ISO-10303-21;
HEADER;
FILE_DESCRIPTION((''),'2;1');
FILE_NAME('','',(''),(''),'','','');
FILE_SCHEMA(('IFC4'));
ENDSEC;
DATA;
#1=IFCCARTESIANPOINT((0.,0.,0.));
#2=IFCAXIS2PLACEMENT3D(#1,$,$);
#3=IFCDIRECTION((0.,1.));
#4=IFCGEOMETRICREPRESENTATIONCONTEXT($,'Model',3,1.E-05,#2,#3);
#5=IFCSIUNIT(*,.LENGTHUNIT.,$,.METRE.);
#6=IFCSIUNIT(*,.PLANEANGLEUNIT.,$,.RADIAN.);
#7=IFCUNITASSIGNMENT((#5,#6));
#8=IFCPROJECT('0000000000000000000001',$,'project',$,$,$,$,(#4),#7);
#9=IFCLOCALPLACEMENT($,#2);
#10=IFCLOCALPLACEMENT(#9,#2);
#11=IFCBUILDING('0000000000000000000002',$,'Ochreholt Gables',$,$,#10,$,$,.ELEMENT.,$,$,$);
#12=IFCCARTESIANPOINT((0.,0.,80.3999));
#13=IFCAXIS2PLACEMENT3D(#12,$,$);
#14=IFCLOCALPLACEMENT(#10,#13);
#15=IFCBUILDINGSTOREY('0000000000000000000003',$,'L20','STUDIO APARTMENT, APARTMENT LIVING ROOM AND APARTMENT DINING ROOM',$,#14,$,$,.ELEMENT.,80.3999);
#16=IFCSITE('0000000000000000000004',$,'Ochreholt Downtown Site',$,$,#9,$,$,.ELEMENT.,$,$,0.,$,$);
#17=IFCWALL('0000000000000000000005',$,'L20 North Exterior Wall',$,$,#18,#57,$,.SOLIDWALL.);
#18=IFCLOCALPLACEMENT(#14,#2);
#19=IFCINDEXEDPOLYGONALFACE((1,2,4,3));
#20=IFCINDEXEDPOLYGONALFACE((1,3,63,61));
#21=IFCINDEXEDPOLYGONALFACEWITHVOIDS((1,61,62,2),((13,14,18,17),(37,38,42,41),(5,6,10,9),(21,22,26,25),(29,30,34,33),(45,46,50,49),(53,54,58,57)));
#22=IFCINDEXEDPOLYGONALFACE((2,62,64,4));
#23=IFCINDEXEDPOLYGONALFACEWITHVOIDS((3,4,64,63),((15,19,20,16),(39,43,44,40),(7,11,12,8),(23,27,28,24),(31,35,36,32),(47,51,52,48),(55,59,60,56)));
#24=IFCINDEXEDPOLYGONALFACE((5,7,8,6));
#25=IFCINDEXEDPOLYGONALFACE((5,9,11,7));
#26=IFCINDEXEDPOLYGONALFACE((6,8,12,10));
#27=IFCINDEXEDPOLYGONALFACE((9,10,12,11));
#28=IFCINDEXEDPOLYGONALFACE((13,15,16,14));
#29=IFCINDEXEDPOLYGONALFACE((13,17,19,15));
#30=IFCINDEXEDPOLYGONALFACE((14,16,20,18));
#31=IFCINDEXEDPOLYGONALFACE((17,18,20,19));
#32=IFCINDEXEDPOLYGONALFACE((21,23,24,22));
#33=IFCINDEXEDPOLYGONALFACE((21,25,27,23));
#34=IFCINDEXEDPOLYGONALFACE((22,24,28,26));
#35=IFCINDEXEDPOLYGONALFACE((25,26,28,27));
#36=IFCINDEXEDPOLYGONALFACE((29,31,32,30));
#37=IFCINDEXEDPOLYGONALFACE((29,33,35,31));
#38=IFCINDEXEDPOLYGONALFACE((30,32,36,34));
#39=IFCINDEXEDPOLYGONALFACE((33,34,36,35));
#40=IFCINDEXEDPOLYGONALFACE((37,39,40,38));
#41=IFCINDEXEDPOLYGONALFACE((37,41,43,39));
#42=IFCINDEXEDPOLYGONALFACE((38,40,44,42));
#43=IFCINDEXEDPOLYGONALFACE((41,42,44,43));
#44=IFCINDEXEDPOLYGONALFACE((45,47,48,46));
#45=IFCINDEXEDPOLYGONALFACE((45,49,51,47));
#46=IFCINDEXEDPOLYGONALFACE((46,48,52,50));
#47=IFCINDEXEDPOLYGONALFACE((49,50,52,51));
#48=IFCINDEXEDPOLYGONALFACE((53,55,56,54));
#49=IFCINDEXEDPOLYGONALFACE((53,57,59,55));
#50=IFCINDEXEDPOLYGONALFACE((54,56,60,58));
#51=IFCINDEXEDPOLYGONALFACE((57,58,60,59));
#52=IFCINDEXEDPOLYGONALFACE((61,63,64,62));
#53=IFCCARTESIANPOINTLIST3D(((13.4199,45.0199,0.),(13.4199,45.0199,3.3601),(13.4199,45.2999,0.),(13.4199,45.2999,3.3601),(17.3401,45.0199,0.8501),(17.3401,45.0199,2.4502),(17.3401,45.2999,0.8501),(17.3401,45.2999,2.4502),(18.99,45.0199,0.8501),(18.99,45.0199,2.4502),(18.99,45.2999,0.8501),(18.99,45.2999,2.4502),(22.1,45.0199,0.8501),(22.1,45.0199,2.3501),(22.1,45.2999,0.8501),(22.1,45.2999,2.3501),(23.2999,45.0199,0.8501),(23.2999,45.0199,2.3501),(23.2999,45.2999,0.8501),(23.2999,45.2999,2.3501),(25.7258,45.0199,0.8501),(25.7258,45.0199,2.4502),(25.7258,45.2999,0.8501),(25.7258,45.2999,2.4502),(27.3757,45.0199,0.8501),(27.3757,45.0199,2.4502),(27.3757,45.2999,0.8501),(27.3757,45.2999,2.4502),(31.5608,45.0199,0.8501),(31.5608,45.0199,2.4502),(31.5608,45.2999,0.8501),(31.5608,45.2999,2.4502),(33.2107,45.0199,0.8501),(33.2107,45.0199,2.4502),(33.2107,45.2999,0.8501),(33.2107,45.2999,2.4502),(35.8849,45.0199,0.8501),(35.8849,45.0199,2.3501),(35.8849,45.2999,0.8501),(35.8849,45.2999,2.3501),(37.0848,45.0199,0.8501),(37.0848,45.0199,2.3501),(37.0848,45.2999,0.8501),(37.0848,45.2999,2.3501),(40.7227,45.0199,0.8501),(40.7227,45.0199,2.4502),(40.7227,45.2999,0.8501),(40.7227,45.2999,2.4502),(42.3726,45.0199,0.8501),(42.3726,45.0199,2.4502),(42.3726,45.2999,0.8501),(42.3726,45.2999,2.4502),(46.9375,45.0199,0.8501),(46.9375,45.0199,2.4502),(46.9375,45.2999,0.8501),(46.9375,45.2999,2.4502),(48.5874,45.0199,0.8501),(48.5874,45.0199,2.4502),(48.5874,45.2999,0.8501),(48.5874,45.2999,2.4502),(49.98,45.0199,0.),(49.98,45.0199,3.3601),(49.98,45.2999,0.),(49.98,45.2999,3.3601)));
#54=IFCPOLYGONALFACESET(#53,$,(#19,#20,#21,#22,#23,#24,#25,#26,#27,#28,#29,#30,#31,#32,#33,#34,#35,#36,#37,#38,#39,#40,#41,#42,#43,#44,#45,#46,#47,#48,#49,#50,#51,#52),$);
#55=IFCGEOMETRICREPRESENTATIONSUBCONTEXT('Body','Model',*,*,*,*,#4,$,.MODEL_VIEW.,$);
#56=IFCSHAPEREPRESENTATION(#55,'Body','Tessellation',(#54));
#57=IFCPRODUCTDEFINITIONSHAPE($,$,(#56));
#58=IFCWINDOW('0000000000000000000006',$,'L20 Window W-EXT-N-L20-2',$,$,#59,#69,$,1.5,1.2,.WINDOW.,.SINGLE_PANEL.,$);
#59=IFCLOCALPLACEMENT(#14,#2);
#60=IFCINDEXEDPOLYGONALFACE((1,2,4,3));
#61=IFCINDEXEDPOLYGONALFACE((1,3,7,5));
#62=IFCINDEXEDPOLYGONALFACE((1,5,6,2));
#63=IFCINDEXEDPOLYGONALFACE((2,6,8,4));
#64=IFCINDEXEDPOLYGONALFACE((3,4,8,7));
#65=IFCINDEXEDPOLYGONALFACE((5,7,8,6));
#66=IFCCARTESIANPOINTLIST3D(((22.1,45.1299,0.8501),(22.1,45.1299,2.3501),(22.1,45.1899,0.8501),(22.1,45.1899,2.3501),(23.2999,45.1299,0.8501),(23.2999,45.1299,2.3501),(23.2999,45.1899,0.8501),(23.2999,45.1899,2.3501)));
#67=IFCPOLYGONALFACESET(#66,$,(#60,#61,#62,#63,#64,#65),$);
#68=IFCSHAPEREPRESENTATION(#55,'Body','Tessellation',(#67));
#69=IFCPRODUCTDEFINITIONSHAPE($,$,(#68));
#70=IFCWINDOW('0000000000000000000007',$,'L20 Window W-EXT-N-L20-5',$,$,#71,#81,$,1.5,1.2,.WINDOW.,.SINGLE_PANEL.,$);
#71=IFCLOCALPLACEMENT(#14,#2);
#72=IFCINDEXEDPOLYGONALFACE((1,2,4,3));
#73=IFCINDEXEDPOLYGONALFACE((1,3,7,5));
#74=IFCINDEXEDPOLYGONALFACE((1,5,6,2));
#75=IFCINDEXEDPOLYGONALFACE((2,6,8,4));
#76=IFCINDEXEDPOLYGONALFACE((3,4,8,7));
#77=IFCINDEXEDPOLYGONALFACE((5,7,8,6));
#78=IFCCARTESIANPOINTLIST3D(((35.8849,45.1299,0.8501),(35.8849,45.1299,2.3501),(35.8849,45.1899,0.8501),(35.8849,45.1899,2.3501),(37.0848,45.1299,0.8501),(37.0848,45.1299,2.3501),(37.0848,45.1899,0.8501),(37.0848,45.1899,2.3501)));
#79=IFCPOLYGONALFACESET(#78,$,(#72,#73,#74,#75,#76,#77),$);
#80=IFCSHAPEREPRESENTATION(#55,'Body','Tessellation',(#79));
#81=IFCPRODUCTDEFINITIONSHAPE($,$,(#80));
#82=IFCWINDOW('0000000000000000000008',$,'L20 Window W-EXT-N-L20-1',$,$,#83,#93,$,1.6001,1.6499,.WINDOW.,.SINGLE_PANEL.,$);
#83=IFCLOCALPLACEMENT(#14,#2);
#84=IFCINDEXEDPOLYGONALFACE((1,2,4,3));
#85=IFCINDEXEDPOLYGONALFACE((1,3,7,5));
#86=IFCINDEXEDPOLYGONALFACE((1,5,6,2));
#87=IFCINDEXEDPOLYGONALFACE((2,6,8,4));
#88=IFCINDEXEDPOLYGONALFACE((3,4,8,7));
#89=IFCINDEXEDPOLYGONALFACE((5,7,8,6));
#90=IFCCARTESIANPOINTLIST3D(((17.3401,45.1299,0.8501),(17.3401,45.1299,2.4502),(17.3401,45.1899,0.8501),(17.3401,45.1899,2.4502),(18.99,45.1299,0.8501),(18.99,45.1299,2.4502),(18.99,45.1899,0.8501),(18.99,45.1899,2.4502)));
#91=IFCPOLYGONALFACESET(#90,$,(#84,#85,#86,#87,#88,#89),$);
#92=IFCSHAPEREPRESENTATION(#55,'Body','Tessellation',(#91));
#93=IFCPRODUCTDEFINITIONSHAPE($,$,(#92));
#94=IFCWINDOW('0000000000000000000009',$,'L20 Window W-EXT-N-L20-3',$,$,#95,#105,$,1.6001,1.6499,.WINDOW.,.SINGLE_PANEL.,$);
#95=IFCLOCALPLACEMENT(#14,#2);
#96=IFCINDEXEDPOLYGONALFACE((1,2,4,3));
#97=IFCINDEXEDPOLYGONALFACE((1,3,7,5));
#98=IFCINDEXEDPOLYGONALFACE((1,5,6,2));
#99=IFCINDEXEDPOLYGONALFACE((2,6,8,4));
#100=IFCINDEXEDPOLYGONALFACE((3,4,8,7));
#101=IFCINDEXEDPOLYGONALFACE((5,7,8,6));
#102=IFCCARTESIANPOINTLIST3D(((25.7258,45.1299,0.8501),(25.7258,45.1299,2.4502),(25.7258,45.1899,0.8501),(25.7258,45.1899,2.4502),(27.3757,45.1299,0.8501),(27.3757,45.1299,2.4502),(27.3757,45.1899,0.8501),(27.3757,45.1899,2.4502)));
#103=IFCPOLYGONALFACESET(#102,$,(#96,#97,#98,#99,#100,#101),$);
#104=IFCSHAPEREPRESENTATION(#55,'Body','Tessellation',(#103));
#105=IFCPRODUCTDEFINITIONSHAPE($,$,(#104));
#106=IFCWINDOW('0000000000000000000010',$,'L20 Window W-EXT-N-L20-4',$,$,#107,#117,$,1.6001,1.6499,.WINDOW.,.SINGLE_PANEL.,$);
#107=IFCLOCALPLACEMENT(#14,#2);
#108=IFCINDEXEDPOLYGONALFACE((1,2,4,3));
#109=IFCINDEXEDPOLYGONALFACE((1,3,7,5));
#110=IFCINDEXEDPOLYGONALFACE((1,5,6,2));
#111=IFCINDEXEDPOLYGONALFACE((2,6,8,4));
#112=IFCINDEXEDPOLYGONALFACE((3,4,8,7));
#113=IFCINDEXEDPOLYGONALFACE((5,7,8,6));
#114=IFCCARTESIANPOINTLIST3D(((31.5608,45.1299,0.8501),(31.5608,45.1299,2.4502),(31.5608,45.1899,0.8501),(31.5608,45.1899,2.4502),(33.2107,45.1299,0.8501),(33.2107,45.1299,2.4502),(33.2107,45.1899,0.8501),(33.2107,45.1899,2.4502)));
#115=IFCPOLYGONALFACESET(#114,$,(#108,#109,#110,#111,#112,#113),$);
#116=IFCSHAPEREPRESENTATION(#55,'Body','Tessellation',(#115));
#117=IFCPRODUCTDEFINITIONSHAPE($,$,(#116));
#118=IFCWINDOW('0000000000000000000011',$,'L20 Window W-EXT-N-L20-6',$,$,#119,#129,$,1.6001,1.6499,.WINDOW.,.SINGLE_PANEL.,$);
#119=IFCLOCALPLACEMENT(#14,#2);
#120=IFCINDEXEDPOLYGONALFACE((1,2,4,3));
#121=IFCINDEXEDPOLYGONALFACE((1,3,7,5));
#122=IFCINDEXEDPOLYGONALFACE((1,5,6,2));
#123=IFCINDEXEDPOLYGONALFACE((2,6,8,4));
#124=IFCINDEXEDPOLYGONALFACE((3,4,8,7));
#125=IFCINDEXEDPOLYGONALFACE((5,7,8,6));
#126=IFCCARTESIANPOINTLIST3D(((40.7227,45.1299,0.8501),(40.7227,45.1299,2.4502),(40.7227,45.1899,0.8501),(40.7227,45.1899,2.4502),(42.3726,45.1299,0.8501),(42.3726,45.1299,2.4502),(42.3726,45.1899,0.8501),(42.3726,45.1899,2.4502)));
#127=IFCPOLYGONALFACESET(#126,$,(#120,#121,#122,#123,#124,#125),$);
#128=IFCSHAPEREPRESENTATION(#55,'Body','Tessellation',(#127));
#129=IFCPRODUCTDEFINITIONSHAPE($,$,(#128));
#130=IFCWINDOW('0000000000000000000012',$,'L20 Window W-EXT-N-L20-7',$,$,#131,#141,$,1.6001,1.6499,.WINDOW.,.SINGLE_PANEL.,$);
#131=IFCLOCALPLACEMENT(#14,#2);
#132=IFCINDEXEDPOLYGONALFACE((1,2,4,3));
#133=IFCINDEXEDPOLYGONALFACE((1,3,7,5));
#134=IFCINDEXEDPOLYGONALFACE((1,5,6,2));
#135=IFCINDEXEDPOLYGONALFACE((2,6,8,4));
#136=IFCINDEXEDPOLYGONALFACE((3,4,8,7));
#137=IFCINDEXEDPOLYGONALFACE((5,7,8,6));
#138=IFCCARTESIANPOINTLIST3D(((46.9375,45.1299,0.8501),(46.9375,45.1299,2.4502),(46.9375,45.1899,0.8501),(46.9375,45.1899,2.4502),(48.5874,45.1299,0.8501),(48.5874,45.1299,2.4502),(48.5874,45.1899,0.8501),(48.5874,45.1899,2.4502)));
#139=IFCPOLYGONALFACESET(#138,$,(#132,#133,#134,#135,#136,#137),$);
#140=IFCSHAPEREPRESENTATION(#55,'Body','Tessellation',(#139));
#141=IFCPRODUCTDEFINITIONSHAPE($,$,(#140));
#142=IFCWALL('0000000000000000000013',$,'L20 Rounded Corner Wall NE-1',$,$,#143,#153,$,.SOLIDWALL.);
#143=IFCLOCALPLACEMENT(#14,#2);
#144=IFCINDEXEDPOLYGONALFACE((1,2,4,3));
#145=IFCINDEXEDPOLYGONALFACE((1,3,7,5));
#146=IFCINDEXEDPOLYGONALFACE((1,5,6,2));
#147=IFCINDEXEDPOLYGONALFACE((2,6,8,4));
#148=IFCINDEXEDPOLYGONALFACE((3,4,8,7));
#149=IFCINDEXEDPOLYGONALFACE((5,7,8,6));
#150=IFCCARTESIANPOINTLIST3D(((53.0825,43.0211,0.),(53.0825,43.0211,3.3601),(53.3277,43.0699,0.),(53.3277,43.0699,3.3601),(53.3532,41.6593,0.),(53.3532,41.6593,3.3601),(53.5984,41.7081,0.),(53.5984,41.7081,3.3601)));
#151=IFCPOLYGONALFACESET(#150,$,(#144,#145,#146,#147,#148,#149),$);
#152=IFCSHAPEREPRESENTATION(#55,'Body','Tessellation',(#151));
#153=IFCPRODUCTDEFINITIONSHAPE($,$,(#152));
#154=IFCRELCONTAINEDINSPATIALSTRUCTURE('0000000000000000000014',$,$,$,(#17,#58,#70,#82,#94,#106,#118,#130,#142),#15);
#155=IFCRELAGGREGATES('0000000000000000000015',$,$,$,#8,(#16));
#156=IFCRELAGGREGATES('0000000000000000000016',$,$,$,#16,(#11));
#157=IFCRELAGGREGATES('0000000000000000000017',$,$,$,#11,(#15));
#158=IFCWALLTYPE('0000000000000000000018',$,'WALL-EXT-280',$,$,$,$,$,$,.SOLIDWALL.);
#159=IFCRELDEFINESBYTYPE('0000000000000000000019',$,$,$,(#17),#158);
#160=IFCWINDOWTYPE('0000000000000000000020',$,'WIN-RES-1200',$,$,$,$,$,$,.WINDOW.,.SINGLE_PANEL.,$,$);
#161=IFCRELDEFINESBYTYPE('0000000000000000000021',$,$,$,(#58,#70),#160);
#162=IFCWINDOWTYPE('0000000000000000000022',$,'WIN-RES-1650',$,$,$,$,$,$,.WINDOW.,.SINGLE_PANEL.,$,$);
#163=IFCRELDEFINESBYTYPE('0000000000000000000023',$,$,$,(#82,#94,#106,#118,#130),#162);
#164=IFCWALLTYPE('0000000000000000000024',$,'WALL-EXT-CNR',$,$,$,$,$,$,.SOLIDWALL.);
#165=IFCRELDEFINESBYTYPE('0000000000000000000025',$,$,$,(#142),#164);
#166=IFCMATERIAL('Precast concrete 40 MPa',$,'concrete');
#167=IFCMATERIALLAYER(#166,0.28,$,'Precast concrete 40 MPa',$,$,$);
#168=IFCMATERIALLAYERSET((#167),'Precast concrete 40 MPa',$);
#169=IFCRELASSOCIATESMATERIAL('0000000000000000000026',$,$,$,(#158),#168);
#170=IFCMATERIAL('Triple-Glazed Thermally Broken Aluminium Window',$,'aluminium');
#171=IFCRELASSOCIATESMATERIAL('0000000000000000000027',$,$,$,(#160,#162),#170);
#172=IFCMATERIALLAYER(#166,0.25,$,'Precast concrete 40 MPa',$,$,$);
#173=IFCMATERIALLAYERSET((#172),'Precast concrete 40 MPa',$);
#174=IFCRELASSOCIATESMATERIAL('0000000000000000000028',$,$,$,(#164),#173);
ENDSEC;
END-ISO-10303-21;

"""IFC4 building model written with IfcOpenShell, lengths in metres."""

from ifc_helpers import new_model, si_unit, direction, frame, frame_2d, origin, place, context, subcontext, project, spatial, rectangle, extrude, material, layer, layer_set, type_object, element, fill, save


model = new_model("IFC4")

# Units and contexts
model_context = context("Model", 3, precision=1e-05, world=origin(), true_north=direction((0.0, 1.0)))
body_context = subcontext(model_context, "Body", "Model", "MODEL_VIEW")
ifc_project = project(units=[si_unit("LENGTHUNIT", "METRE"), si_unit("PLANEANGLEUNIT", "RADIAN")], contexts=[model_context])

# Site, building, storey
site_placement = place(None, origin())
site = spatial("IfcSite", under=ifc_project, at=site_placement, Name="Ochreholt Downtown Site", CompositionType="ELEMENT", RefElevation=0.0)
building_placement = place(site_placement, origin())
building = spatial("IfcBuilding", under=site, at=building_placement, Name="Ochreholt Gables", CompositionType="ELEMENT")
storey_placement = place(building_placement, frame((0.0, 0.0, 80.3999)))
storey = spatial("IfcBuildingStorey", under=building, at=storey_placement, Name="L20", Description="STUDIO APARTMENT, APARTMENT LIVING ROOM AND APARTMENT DINING ROOM", CompositionType="ELEMENT", Elevation=80.3999)

# Wall, openings, windows
ifc_material_1 = material(Name="Precast concrete 40 MPa", Category="concrete")
ifc_layer_1 = layer(ifc_material_1, 0.28, Name="Precast concrete 40 MPa")
ifc_layer_set_1 = layer_set([ifc_layer_1], Name="Precast concrete 40 MPa")
wall_type_1 = type_object("IfcWallType", Name="WALL-EXT-280", PredefinedType="SOLIDWALL", material=ifc_layer_set_1)
wall_1_placement = place(storey_placement, frame((49.98, 45.1599, 0.0), z_axis=(0.0, 0.0, 1.0), x_axis=(-1.0, 0.0, 0.0)))
wall_1 = element("IfcWall", 1, at=wall_1_placement, inside=storey, type_object=wall_type_1, Name="L20 North Exterior Wall", PredefinedType="SOLIDWALL", context=body_context, shape_type="SweptSolid", body=[
    extrude(rectangle(XDim=36.5601, YDim=0.28, at=frame_2d((18.28, 0.0))), origin(), (0.0, 0.0, 1.0), 3.3601),
])
opening_1_placement = place(wall_1_placement, frame((30.99, 0.0, 0.8501)))
opening_1 = element("IfcOpeningElement", 2, at=opening_1_placement, cuts=wall_1, PredefinedType="OPENING", context=body_context, shape_type="SweptSolid", body=[
    extrude(rectangle(XDim=1.6499, YDim=1.6001, at=frame_2d((0.825, 0.8))), frame((0.0, 0.1499, 0.0), z_axis=(0.0, -1.0, 0.0), x_axis=(1.0, 0.0, 0.0)), (0.0, 0.0, 1.0), 0.3),
])
opening_2_placement = place(wall_1_placement, frame((26.6799, 0.0, 0.8501)))
opening_2 = element("IfcOpeningElement", 3, at=opening_2_placement, cuts=wall_1, PredefinedType="OPENING", context=body_context, shape_type="SweptSolid", body=[
    extrude(rectangle(XDim=1.2, YDim=1.5, at=frame_2d((0.6001, 0.75))), frame((0.0, 0.1499, 0.0), z_axis=(0.0, -1.0, 0.0), x_axis=(1.0, 0.0, 0.0)), (0.0, 0.0, 1.0), 0.3),
])
opening_3_placement = place(wall_1_placement, frame((22.6042, 0.0, 0.8501)))
opening_3 = element("IfcOpeningElement", 4, at=opening_3_placement, cuts=wall_1, PredefinedType="OPENING", context=body_context, shape_type="SweptSolid", body=[
    extrude(rectangle(XDim=1.6499, YDim=1.6001, at=frame_2d((0.825, 0.8))), frame((0.0, 0.1499, 0.0), z_axis=(0.0, -1.0, 0.0), x_axis=(1.0, 0.0, 0.0)), (0.0, 0.0, 1.0), 0.3),
])
opening_4_placement = place(wall_1_placement, frame((16.7693, 0.0, 0.8501)))
opening_4 = element("IfcOpeningElement", 5, at=opening_4_placement, cuts=wall_1, PredefinedType="OPENING", context=body_context, shape_type="SweptSolid", body=[
    extrude(rectangle(XDim=1.6499, YDim=1.6001, at=frame_2d((0.825, 0.8))), frame((0.0, 0.1499, 0.0), z_axis=(0.0, -1.0, 0.0), x_axis=(1.0, 0.0, 0.0)), (0.0, 0.0, 1.0), 0.3),
])
opening_5_placement = place(wall_1_placement, frame((12.895, 0.0, 0.8501)))
opening_5 = element("IfcOpeningElement", 6, at=opening_5_placement, cuts=wall_1, PredefinedType="OPENING", context=body_context, shape_type="SweptSolid", body=[
    extrude(rectangle(XDim=1.2, YDim=1.5, at=frame_2d((0.6001, 0.75))), frame((0.0, 0.1499, 0.0), z_axis=(0.0, -1.0, 0.0), x_axis=(1.0, 0.0, 0.0)), (0.0, 0.0, 1.0), 0.3),
])
opening_6_placement = place(wall_1_placement, frame((7.6074, 0.0, 0.8501)))
opening_6 = element("IfcOpeningElement", 7, at=opening_6_placement, cuts=wall_1, PredefinedType="OPENING", context=body_context, shape_type="SweptSolid", body=[
    extrude(rectangle(XDim=1.6499, YDim=1.6001, at=frame_2d((0.825, 0.8))), frame((0.0, 0.1499, 0.0), z_axis=(0.0, -1.0, 0.0), x_axis=(1.0, 0.0, 0.0)), (0.0, 0.0, 1.0), 0.3),
])
opening_7_placement = place(wall_1_placement, frame((1.3926, 0.0, 0.8501)))
opening_7 = element("IfcOpeningElement", 8, at=opening_7_placement, cuts=wall_1, PredefinedType="OPENING", context=body_context, shape_type="SweptSolid", body=[
    extrude(rectangle(XDim=1.6499, YDim=1.6001, at=frame_2d((0.825, 0.8))), frame((0.0, 0.1499, 0.0), z_axis=(0.0, -1.0, 0.0), x_axis=(1.0, 0.0, 0.0)), (0.0, 0.0, 1.0), 0.3),
])
ifc_material_2 = material(Name="Triple-Glazed Thermally Broken Aluminium Window", Category="aluminium")
window_type_1 = type_object("IfcWindowType", Name="WIN-RES-1200", PartitioningType="SINGLE_PANEL", PredefinedType="WINDOW", material=ifc_material_2)
window_1_placement = place(opening_2_placement, origin())
window_1 = element("IfcWindow", 9, at=window_1_placement, inside=storey, type_object=window_type_1, Name="L20 Window W-EXT-N-L20-2", OverallHeight=1.5, OverallWidth=1.2, PartitioningType="SINGLE_PANEL", PredefinedType="WINDOW", context=body_context, shape_type="SweptSolid", body=[
    extrude(rectangle(XDim=1.2, YDim=1.5, at=frame_2d((0.6001, 0.75))), frame((0.0, 0.03, 0.0), z_axis=(0.0, -1.0, 0.0), x_axis=(1.0, 0.0, 0.0)), (0.0, 0.0, 1.0), 0.0601),
])
fill(opening_2, window_1)
window_2_placement = place(opening_5_placement, origin())
window_2 = element("IfcWindow", 10, at=window_2_placement, inside=storey, type_object=window_type_1, Name="L20 Window W-EXT-N-L20-5", OverallHeight=1.5, OverallWidth=1.2, PartitioningType="SINGLE_PANEL", PredefinedType="WINDOW", context=body_context, shape_type="SweptSolid", body=[
    extrude(rectangle(XDim=1.2, YDim=1.5, at=frame_2d((0.6001, 0.75))), frame((0.0, 0.03, 0.0), z_axis=(0.0, -1.0, 0.0), x_axis=(1.0, 0.0, 0.0)), (0.0, 0.0, 1.0), 0.0601),
])
fill(opening_5, window_2)
window_type_2 = type_object("IfcWindowType", Name="WIN-RES-1650", PartitioningType="SINGLE_PANEL", PredefinedType="WINDOW", material=ifc_material_2)
window_3_placement = place(opening_1_placement, origin())
window_3 = element("IfcWindow", 11, at=window_3_placement, inside=storey, type_object=window_type_2, Name="L20 Window W-EXT-N-L20-1", OverallHeight=1.6001, OverallWidth=1.6499, PartitioningType="SINGLE_PANEL", PredefinedType="WINDOW", context=body_context, shape_type="SweptSolid", body=[
    extrude(rectangle(XDim=1.6499, YDim=1.6001, at=frame_2d((0.825, 0.8))), frame((0.0, 0.03, 0.0), z_axis=(0.0, -1.0, 0.0), x_axis=(1.0, 0.0, 0.0)), (0.0, 0.0, 1.0), 0.0601),
])
fill(opening_1, window_3)
window_4_placement = place(opening_3_placement, origin())
window_4 = element("IfcWindow", 12, at=window_4_placement, inside=storey, type_object=window_type_2, Name="L20 Window W-EXT-N-L20-3", OverallHeight=1.6001, OverallWidth=1.6499, PartitioningType="SINGLE_PANEL", PredefinedType="WINDOW", context=body_context, shape_type="SweptSolid", body=[
    extrude(rectangle(XDim=1.6499, YDim=1.6001, at=frame_2d((0.825, 0.8))), frame((0.0, 0.03, 0.0), z_axis=(0.0, -1.0, 0.0), x_axis=(1.0, 0.0, 0.0)), (0.0, 0.0, 1.0), 0.0601),
])
fill(opening_3, window_4)
window_5_placement = place(opening_4_placement, origin())
window_5 = element("IfcWindow", 13, at=window_5_placement, inside=storey, type_object=window_type_2, Name="L20 Window W-EXT-N-L20-4", OverallHeight=1.6001, OverallWidth=1.6499, PartitioningType="SINGLE_PANEL", PredefinedType="WINDOW", context=body_context, shape_type="SweptSolid", body=[
    extrude(rectangle(XDim=1.6499, YDim=1.6001, at=frame_2d((0.825, 0.8))), frame((0.0, 0.03, 0.0), z_axis=(0.0, -1.0, 0.0), x_axis=(1.0, 0.0, 0.0)), (0.0, 0.0, 1.0), 0.0601),
])
fill(opening_4, window_5)
window_6_placement = place(opening_6_placement, origin())
window_6 = element("IfcWindow", 14, at=window_6_placement, inside=storey, type_object=window_type_2, Name="L20 Window W-EXT-N-L20-6", OverallHeight=1.6001, OverallWidth=1.6499, PartitioningType="SINGLE_PANEL", PredefinedType="WINDOW", context=body_context, shape_type="SweptSolid", body=[
    extrude(rectangle(XDim=1.6499, YDim=1.6001, at=frame_2d((0.825, 0.8))), frame((0.0, 0.03, 0.0), z_axis=(0.0, -1.0, 0.0), x_axis=(1.0, 0.0, 0.0)), (0.0, 0.0, 1.0), 0.0601),
])
fill(opening_6, window_6)
window_7_placement = place(opening_7_placement, origin())
window_7 = element("IfcWindow", 15, at=window_7_placement, inside=storey, type_object=window_type_2, Name="L20 Window W-EXT-N-L20-7", OverallHeight=1.6001, OverallWidth=1.6499, PartitioningType="SINGLE_PANEL", PredefinedType="WINDOW", context=body_context, shape_type="SweptSolid", body=[
    extrude(rectangle(XDim=1.6499, YDim=1.6001, at=frame_2d((0.825, 0.8))), frame((0.0, 0.03, 0.0), z_axis=(0.0, -1.0, 0.0), x_axis=(1.0, 0.0, 0.0)), (0.0, 0.0, 1.0), 0.0601),
])
fill(opening_7, window_7)

# Wall
ifc_layer_2 = layer(ifc_material_1, 0.25, Name="Precast concrete 40 MPa")
ifc_layer_set_2 = layer_set([ifc_layer_2], Name="Precast concrete 40 MPa")
wall_type_2 = type_object("IfcWallType", Name="WALL-EXT-CNR", PredefinedType="SOLIDWALL", material=ifc_layer_set_2)
wall_2_placement = place(storey_placement, frame((53.4758, 41.6836, 0.0), z_axis=(0.0, 0.0, 1.0), x_axis=(-0.195, 0.980803, 0.0)))
element("IfcWall", 16, at=wall_2_placement, inside=storey, type_object=wall_type_2, Name="L20 Rounded Corner Wall NE-1", PredefinedType="SOLIDWALL", context=body_context, shape_type="SweptSolid", body=[
    extrude(rectangle(XDim=1.3884, YDim=0.25, at=frame_2d((0.6943, 0.0))), origin(), (0.0, 0.0, 1.0), 3.3601),
])

save(model, "model.ifc")
